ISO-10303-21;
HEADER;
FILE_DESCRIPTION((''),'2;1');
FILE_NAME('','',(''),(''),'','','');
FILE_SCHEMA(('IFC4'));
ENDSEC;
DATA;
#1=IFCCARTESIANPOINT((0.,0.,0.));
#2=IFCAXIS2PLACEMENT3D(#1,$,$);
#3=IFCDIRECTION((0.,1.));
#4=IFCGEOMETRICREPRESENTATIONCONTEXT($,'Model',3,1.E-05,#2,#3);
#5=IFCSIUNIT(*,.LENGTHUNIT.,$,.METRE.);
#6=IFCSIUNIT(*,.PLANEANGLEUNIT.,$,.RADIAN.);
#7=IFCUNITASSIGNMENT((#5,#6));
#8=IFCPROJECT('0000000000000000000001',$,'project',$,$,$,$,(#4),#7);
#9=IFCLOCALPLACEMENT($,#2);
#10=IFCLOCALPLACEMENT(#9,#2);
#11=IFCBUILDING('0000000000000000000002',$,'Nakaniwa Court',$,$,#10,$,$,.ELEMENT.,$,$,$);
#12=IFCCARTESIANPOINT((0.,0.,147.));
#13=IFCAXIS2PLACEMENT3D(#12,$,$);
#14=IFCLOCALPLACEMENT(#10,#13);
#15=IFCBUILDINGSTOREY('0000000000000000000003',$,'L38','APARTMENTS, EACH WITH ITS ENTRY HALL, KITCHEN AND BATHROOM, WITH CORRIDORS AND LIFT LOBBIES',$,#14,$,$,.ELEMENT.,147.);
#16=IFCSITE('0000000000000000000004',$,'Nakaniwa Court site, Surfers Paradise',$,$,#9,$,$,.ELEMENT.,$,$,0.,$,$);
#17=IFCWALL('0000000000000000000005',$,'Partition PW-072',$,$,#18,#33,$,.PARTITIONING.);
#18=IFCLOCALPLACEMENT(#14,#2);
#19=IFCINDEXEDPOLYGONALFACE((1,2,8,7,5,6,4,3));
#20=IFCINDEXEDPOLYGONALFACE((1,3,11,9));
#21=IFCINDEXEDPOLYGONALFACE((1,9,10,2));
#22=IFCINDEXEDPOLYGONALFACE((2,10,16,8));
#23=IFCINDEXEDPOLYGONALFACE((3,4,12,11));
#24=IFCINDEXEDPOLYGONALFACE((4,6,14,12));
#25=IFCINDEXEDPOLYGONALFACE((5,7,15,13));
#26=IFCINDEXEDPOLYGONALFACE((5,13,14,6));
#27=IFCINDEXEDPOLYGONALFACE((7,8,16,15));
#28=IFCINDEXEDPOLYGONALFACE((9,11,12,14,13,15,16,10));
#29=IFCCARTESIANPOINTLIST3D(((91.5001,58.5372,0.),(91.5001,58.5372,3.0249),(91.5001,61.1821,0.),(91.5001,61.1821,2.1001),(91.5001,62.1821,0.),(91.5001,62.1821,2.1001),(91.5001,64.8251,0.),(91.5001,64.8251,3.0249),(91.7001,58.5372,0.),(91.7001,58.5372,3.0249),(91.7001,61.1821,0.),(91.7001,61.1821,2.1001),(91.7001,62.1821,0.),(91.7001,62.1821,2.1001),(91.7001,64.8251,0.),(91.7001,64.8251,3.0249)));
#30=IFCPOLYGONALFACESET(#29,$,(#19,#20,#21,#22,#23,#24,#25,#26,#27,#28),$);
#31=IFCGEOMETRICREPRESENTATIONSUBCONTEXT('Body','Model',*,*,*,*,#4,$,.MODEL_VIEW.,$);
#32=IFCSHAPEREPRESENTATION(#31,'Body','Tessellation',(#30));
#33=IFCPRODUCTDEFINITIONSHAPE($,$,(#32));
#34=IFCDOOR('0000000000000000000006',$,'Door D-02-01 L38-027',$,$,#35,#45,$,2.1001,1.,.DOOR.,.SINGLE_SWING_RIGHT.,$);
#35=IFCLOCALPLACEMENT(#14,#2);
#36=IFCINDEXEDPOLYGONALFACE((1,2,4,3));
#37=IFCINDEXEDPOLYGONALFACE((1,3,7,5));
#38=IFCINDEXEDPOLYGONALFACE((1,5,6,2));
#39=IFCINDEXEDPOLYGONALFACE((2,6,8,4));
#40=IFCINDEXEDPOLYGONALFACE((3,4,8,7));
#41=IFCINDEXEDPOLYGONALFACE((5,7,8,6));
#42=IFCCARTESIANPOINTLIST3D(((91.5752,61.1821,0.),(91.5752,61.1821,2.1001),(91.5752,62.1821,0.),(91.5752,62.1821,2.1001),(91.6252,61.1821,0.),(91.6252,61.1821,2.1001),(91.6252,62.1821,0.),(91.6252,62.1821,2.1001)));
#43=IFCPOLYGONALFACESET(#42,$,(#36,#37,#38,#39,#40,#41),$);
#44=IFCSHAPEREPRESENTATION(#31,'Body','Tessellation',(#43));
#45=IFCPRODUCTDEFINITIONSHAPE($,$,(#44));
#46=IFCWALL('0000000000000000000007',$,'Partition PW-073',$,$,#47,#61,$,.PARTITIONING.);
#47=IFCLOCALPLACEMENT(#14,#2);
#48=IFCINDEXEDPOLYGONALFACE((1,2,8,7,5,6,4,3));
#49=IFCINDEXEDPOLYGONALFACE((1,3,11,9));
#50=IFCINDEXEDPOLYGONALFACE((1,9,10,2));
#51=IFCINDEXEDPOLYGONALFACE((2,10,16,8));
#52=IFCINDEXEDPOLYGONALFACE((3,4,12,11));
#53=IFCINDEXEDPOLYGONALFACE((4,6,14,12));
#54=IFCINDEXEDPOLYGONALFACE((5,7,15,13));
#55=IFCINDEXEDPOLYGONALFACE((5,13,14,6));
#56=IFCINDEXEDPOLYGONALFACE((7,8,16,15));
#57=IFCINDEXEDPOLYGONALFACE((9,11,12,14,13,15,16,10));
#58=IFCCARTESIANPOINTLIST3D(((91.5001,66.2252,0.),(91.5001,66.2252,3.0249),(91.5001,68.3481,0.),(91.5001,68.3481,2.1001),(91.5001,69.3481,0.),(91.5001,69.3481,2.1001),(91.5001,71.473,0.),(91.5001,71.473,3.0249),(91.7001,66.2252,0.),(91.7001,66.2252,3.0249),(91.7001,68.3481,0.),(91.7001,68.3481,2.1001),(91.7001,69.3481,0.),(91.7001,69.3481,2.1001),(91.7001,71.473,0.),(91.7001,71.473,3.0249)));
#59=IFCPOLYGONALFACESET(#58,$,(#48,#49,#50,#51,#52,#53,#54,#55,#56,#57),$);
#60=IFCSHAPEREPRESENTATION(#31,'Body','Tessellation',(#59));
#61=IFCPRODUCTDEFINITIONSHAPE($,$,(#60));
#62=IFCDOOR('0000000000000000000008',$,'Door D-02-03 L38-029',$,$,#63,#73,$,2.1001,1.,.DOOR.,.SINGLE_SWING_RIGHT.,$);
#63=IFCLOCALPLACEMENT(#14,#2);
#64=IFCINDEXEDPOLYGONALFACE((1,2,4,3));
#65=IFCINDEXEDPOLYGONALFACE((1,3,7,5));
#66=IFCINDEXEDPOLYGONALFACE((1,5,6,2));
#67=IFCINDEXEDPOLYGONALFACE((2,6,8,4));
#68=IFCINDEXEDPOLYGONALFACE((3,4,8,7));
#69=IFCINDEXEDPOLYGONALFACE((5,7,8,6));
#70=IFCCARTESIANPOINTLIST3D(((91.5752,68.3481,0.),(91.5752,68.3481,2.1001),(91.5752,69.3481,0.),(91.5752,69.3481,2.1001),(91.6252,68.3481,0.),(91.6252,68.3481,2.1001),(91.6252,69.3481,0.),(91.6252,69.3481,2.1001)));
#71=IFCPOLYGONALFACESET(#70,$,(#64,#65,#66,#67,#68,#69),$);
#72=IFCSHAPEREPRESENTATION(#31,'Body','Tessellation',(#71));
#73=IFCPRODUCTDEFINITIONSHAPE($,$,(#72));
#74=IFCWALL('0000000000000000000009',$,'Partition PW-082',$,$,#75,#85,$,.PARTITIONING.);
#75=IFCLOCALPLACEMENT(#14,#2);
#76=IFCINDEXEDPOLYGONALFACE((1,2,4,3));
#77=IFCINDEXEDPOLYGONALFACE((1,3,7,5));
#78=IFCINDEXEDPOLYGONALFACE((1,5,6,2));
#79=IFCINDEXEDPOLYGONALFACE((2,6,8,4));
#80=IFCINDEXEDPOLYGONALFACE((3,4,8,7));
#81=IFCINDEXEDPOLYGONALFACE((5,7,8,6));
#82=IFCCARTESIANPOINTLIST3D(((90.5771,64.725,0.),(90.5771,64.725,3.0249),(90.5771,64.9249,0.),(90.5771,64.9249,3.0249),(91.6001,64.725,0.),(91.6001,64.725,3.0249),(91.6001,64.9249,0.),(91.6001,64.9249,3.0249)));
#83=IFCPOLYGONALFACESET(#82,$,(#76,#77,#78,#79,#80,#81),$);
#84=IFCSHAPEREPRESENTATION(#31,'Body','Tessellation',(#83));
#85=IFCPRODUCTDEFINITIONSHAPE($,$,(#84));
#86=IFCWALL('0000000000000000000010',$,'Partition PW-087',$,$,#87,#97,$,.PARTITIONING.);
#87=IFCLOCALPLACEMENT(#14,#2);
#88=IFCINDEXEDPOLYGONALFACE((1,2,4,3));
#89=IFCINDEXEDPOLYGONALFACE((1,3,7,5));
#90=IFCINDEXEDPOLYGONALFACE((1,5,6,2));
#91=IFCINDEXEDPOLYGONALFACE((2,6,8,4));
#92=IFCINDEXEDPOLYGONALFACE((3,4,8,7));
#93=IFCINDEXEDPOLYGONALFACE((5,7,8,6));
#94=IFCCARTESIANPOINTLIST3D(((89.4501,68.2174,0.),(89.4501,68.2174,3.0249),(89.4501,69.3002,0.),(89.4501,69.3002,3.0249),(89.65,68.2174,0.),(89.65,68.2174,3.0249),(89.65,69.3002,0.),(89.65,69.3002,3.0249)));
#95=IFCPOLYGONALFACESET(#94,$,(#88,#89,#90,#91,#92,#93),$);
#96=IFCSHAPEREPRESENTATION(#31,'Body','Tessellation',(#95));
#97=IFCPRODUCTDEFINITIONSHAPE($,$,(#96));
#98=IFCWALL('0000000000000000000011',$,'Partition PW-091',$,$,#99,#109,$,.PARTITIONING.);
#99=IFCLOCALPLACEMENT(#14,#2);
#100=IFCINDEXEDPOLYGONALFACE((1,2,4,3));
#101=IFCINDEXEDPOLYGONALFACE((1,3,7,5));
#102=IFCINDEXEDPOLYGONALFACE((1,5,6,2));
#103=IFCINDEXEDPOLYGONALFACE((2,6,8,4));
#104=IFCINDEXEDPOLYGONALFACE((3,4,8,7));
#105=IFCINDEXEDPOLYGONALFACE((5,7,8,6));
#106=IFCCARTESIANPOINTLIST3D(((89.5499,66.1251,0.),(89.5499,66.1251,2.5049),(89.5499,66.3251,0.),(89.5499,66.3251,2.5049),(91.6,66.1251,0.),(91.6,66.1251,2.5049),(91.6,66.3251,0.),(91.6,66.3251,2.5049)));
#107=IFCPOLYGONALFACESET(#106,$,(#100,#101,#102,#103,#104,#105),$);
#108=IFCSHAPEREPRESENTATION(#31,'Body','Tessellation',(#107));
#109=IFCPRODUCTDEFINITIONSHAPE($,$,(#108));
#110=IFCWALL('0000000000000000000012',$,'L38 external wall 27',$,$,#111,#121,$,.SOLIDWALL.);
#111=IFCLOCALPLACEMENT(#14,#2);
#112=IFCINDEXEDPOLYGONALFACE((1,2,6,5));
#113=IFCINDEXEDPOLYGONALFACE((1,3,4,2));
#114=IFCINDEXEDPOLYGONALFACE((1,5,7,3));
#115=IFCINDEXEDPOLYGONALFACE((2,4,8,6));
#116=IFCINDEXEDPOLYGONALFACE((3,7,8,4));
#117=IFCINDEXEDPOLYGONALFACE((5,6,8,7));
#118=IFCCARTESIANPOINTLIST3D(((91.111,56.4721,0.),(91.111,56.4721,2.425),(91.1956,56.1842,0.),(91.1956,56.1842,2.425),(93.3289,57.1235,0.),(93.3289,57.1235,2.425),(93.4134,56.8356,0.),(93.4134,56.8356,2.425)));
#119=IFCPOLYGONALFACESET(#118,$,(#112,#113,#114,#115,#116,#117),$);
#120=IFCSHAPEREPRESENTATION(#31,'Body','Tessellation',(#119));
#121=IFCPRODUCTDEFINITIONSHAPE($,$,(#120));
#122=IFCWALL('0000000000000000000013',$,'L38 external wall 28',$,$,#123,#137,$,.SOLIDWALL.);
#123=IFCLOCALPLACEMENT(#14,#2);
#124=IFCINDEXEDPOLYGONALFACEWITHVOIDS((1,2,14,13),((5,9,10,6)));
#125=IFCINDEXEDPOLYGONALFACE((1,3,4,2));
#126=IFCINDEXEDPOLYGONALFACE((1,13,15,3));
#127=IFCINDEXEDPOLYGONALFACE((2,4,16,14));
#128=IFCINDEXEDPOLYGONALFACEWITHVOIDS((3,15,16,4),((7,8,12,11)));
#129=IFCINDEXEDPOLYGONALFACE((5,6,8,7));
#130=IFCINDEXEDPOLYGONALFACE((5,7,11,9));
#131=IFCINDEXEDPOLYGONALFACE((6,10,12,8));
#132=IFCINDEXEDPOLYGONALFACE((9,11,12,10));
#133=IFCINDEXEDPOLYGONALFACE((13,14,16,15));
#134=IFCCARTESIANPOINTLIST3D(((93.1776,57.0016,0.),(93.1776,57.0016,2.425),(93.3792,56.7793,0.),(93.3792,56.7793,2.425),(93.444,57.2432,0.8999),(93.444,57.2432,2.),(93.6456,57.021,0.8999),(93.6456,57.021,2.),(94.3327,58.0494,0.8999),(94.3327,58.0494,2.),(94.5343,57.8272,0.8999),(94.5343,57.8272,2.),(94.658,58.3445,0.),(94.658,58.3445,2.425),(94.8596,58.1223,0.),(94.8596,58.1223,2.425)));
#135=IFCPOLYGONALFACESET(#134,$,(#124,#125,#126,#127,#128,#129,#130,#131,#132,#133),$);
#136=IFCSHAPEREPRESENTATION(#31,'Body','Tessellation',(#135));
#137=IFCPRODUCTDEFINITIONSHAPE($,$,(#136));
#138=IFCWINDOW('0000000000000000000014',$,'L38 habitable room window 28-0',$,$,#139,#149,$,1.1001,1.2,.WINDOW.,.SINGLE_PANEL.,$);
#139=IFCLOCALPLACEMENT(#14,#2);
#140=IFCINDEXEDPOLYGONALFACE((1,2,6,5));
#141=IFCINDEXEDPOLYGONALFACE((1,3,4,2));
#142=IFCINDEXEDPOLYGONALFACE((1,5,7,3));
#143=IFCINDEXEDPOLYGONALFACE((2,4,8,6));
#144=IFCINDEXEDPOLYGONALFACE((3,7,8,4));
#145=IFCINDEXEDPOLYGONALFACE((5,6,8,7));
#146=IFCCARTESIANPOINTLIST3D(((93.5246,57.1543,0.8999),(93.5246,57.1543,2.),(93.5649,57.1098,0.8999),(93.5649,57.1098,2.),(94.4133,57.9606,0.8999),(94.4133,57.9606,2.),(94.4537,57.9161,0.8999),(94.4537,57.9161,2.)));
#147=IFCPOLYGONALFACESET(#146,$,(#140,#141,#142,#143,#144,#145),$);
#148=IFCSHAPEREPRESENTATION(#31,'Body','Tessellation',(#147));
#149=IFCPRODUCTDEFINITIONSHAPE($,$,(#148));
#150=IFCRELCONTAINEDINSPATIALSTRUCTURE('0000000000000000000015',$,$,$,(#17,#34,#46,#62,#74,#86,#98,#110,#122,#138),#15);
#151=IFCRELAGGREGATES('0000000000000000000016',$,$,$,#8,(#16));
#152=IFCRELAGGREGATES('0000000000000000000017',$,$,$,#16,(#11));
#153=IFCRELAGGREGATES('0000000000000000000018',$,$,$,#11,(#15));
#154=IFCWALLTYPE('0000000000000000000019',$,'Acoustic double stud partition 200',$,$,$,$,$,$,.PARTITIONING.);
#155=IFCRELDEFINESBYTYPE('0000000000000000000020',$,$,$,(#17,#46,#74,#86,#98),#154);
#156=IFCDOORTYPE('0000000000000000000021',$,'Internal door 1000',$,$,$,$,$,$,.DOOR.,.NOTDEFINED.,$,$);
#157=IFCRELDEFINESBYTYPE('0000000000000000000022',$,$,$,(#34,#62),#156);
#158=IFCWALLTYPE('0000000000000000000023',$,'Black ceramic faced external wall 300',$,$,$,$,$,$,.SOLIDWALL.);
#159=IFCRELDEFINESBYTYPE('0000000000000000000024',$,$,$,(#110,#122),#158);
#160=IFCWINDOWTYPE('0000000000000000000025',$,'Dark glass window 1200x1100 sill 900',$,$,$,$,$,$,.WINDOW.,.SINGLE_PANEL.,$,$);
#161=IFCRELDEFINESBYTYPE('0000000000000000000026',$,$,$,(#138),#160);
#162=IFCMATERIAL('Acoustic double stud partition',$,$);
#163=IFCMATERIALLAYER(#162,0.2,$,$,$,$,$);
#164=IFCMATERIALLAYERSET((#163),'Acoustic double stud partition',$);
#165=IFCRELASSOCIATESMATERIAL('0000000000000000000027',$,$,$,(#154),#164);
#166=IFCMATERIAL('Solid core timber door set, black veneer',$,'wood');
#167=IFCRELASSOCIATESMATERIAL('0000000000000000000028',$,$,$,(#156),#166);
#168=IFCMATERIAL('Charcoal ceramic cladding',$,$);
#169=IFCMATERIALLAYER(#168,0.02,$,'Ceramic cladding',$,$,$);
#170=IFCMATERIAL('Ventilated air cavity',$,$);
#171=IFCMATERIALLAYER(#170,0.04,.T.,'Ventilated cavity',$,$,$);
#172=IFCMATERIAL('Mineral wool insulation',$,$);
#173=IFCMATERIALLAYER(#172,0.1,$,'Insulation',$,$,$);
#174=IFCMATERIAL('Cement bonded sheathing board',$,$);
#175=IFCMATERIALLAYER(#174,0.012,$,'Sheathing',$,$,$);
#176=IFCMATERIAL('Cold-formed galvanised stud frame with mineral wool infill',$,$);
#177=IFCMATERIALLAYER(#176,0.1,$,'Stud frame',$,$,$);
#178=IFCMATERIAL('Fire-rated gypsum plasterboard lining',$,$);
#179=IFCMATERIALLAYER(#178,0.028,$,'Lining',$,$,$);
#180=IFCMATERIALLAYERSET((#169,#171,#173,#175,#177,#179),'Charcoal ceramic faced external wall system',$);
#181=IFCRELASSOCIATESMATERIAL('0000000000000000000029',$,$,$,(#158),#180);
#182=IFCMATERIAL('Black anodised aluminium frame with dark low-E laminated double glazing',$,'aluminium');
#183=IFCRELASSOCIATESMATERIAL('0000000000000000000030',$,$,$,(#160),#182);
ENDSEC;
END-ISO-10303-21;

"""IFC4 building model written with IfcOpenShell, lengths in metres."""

from ifc_helpers import new_model, si_unit, direction, frame, frame_2d, origin, place, context, subcontext, project, spatial, rectangle, extrude, material, layer, layer_set, type_object, element, fill, save


model = new_model("IFC4")

# Units and contexts
model_context = context("Model", 3, precision=1e-05, world=origin(), true_north=direction((0.0, 1.0)))
body_context = subcontext(model_context, "Body", "Model", "MODEL_VIEW")
ifc_project = project(units=[si_unit("LENGTHUNIT", "METRE"), si_unit("PLANEANGLEUNIT", "RADIAN")], contexts=[model_context])

# Site, building, storey
site_placement = place(None, origin())
site = spatial("IfcSite", under=ifc_project, at=site_placement, Name="Nakaniwa Court site, Surfers Paradise", CompositionType="ELEMENT", RefElevation=0.0)
building_placement = place(site_placement, origin())
building = spatial("IfcBuilding", under=site, at=building_placement, Name="Nakaniwa Court", CompositionType="ELEMENT")
storey_placement = place(building_placement, frame((0.0, 0.0, 147.0)))
storey = spatial("IfcBuildingStorey", under=building, at=storey_placement, Name="L38", Description="APARTMENTS, EACH WITH ITS ENTRY HALL, KITCHEN AND BATHROOM, WITH CORRIDORS AND LIFT LOBBIES", CompositionType="ELEMENT", Elevation=147.0)

# Shared definitions
ifc_material_1 = material(Name="Acoustic double stud partition")
ifc_layer_1 = layer(ifc_material_1, 0.2)
ifc_layer_set_1 = layer_set([ifc_layer_1], Name="Acoustic double stud partition")
wall_type_1 = type_object("IfcWallType", Name="Acoustic double stud partition 200", PredefinedType="PARTITIONING", material=ifc_layer_set_1)

# Walls, openings, doors
wall_1_placement = place(storey_placement, frame((91.6001, 58.5371, 0.0), z_axis=(0.0, 0.0, 1.0), x_axis=(0.0, 1.0, 0.0)))
wall_1 = element("IfcWall", 1, at=wall_1_placement, inside=storey, type_object=wall_type_1, Name="Partition PW-072", PredefinedType="PARTITIONING", context=body_context, shape_type="SweptSolid", body=[
    extrude(rectangle(XDim=6.2878, YDim=0.2, at=frame_2d((3.144, 0.0))), origin(), (0.0, 0.0, 1.0), 3.0249),
])
opening_1_placement = place(wall_1_placement, frame((2.645, 0.0, 0.0)))
opening_1 = element("IfcOpeningElement", 2, at=opening_1_placement, cuts=wall_1, PredefinedType="OPENING", context=body_context, shape_type="SweptSolid", body=[
    extrude(rectangle(XDim=1.0, YDim=2.1001, at=frame_2d((0.5, 1.05))), frame((0.0, 0.1099, 0.0), z_axis=(0.0, -1.0, 0.0), x_axis=(1.0, 0.0, 0.0)), (0.0, 0.0, 1.0), 0.22),
])
ifc_material_2 = material(Name="Solid core timber door set, black veneer", Category="wood")
door_type = type_object("IfcDoorType", Name="Internal door 1000", OperationType="NOTDEFINED", PredefinedType="DOOR", material=ifc_material_2)
door_1_placement = place(opening_1_placement, origin())
door_1 = element("IfcDoor", 3, at=door_1_placement, inside=storey, type_object=door_type, Name="Door D-02-01 L38-027", OperationType="SINGLE_SWING_RIGHT", OverallHeight=2.1001, OverallWidth=1.0, PredefinedType="DOOR", context=body_context, shape_type="SweptSolid", body=[
    extrude(rectangle(XDim=1.0, YDim=2.1001, at=frame_2d((0.5, 1.05))), frame((0.0, 0.0249, 0.0), z_axis=(0.0, -1.0, 0.0), x_axis=(1.0, 0.0, 0.0)), (0.0, 0.0, 1.0), 0.05),
])
fill(opening_1, door_1)
wall_2_placement = place(storey_placement, frame((91.6001, 66.2251, 0.0), z_axis=(0.0, 0.0, 1.0), x_axis=(0.0, 1.0, 0.0)))
wall_2 = element("IfcWall", 4, at=wall_2_placement, inside=storey, type_object=wall_type_1, Name="Partition PW-073", PredefinedType="PARTITIONING", context=body_context, shape_type="SweptSolid", body=[
    extrude(rectangle(XDim=5.2478, YDim=0.2, at=frame_2d((2.624, 0.0))), origin(), (0.0, 0.0, 1.0), 3.0249),
])
opening_2_placement = place(wall_2_placement, frame((2.123, 0.0, 0.0)))
opening_2 = element("IfcOpeningElement", 5, at=opening_2_placement, cuts=wall_2, PredefinedType="OPENING", context=body_context, shape_type="SweptSolid", body=[
    extrude(rectangle(XDim=1.0, YDim=2.1001, at=frame_2d((0.5, 1.05))), frame((0.0, 0.1099, 0.0), z_axis=(0.0, -1.0, 0.0), x_axis=(1.0, 0.0, 0.0)), (0.0, 0.0, 1.0), 0.22),
])
door_2_placement = place(opening_2_placement, origin())
door_2 = element("IfcDoor", 6, at=door_2_placement, inside=storey, type_object=door_type, Name="Door D-02-03 L38-029", OperationType="SINGLE_SWING_RIGHT", OverallHeight=2.1001, OverallWidth=1.0, PredefinedType="DOOR", context=body_context, shape_type="SweptSolid", body=[
    extrude(rectangle(XDim=1.0, YDim=2.1001, at=frame_2d((0.5, 1.05))), frame((0.0, 0.0249, 0.0), z_axis=(0.0, -1.0, 0.0), x_axis=(1.0, 0.0, 0.0)), (0.0, 0.0, 1.0), 0.05),
])
fill(opening_2, door_2)

# Walls
wall_3_placement = place(storey_placement, frame((90.5771, 64.825, 0.0), z_axis=(0.0, 0.0, 1.0), x_axis=(1.0, 0.0, 0.0)))
element("IfcWall", 7, at=wall_3_placement, inside=storey, type_object=wall_type_1, Name="Partition PW-082", PredefinedType="PARTITIONING", context=body_context, shape_type="SweptSolid", body=[
    extrude(rectangle(XDim=1.0229, YDim=0.2, at=frame_2d((0.5115, 0.0))), origin(), (0.0, 0.0, 1.0), 3.0249),
])
wall_4_placement = place(storey_placement, frame((89.55, 68.2173, 0.0), z_axis=(0.0, 0.0, 1.0), x_axis=(0.0, 1.0, 0.0)))
element("IfcWall", 8, at=wall_4_placement, inside=storey, type_object=wall_type_1, Name="Partition PW-087", PredefinedType="PARTITIONING", context=body_context, shape_type="SweptSolid", body=[
    extrude(rectangle(XDim=1.0828, YDim=0.2, at=frame_2d((0.5415, 0.0))), origin(), (0.0, 0.0, 1.0), 3.0249),
])
wall_5_placement = place(storey_placement, frame((89.55, 66.2251, 0.0), z_axis=(0.0, 0.0, 1.0), x_axis=(1.0, 0.0, 0.0)))
element("IfcWall", 9, at=wall_5_placement, inside=storey, type_object=wall_type_1, Name="Partition PW-091", PredefinedType="PARTITIONING", context=body_context, shape_type="SweptSolid", body=[
    extrude(rectangle(XDim=2.05, YDim=0.2, at=frame_2d((1.0249, 0.0))), origin(), (0.0, 0.0, 1.0), 2.5049),
])
ifc_material_3 = material(Name="Charcoal ceramic cladding")
ifc_layer_2 = layer(ifc_material_3, 0.02, Name="Ceramic cladding")
ifc_material_4 = material(Name="Ventilated air cavity")
ifc_layer_3 = layer(ifc_material_4, 0.04, ventilated=True, Name="Ventilated cavity")
ifc_material_5 = material(Name="Mineral wool insulation")
ifc_layer_4 = layer(ifc_material_5, 0.1, Name="Insulation")
ifc_material_6 = material(Name="Cement bonded sheathing board")
ifc_layer_5 = layer(ifc_material_6, 0.012, Name="Sheathing")
ifc_material_7 = material(Name="Cold-formed galvanised stud frame with mineral wool infill")
ifc_layer_6 = layer(ifc_material_7, 0.1, Name="Stud frame")
ifc_material_8 = material(Name="Fire-rated gypsum plasterboard lining")
ifc_layer_7 = layer(ifc_material_8, 0.028, Name="Lining")
ifc_layer_set_2 = layer_set([ifc_layer_2, ifc_layer_3, ifc_layer_4, ifc_layer_5, ifc_layer_6, ifc_layer_7], Name="Charcoal ceramic faced external wall system")
wall_type_2 = type_object("IfcWallType", Name="Black ceramic faced external wall 300", PredefinedType="SOLIDWALL", material=ifc_layer_set_2)
wall_6_placement = place(storey_placement, frame((91.1533, 56.3281, 0.0), z_axis=(0.0, 0.0, 1.0), x_axis=(0.959473, 0.2818, 0.0)))
element("IfcWall", 10, at=wall_6_placement, inside=storey, type_object=wall_type_2, Name="L38 external wall 27", PredefinedType="SOLIDWALL", context=body_context, shape_type="SweptSolid", body=[
    extrude(rectangle(XDim=2.3115, YDim=0.3, at=frame_2d((1.1558, 0.0))), origin(), (0.0, 0.0, 1.0), 2.425),
])

# Wall, opening, window
wall_7_placement = place(storey_placement, frame((93.2783, 56.8904, 0.0), z_axis=(0.0, 0.0, 1.0), x_axis=(0.740653, 0.671888, 0.0)))
wall_7 = element("IfcWall", 11, at=wall_7_placement, inside=storey, type_object=wall_type_2, Name="L38 external wall 28", PredefinedType="SOLIDWALL", context=body_context, shape_type="SweptSolid", body=[
    extrude(rectangle(XDim=1.9988, YDim=0.3, at=frame_2d((0.9995, 0.0))), origin(), (0.0, 0.0, 1.0), 2.425),
])
opening_3_placement = place(wall_7_placement, frame((0.3596, 0.0, 0.8999)))
opening_3 = element("IfcOpeningElement", 12, at=opening_3_placement, cuts=wall_7, PredefinedType="OPENING", context=body_context, shape_type="SweptSolid", body=[
    extrude(rectangle(XDim=1.2, YDim=1.1001, at=frame_2d((0.6001, 0.55))), frame((0.0, 0.1599, 0.0), z_axis=(0.0, -1.0, 0.0), x_axis=(1.0, 0.0, 0.0)), (0.0, 0.0, 1.0), 0.3201),
])
ifc_material_9 = material(Name="Black anodised aluminium frame with dark low-E laminated double glazing", Category="aluminium")
window_type_1 = type_object("IfcWindowType", Name="Dark glass window 1200x1100 sill 900", PartitioningType="SINGLE_PANEL", PredefinedType="WINDOW", material=ifc_material_9)
window_1_placement = place(opening_3_placement, origin())
window_1 = element("IfcWindow", 13, at=window_1_placement, inside=storey, type_object=window_type_1, Name="L38 habitable room window 28-0", OverallHeight=1.1001, OverallWidth=1.2, PartitioningType="SINGLE_PANEL", PredefinedType="WINDOW", context=body_context, shape_type="SweptSolid", body=[
    extrude(rectangle(XDim=1.2, YDim=1.1001, at=frame_2d((0.6001, 0.55))), frame((0.0, 0.03, 0.0), z_axis=(0.0, -1.0, 0.0), x_axis=(1.0, 0.0, 0.0)), (0.0, 0.0, 1.0), 0.0601),
])
fill(opening_3, window_1)

save(model, "model.ifc")
